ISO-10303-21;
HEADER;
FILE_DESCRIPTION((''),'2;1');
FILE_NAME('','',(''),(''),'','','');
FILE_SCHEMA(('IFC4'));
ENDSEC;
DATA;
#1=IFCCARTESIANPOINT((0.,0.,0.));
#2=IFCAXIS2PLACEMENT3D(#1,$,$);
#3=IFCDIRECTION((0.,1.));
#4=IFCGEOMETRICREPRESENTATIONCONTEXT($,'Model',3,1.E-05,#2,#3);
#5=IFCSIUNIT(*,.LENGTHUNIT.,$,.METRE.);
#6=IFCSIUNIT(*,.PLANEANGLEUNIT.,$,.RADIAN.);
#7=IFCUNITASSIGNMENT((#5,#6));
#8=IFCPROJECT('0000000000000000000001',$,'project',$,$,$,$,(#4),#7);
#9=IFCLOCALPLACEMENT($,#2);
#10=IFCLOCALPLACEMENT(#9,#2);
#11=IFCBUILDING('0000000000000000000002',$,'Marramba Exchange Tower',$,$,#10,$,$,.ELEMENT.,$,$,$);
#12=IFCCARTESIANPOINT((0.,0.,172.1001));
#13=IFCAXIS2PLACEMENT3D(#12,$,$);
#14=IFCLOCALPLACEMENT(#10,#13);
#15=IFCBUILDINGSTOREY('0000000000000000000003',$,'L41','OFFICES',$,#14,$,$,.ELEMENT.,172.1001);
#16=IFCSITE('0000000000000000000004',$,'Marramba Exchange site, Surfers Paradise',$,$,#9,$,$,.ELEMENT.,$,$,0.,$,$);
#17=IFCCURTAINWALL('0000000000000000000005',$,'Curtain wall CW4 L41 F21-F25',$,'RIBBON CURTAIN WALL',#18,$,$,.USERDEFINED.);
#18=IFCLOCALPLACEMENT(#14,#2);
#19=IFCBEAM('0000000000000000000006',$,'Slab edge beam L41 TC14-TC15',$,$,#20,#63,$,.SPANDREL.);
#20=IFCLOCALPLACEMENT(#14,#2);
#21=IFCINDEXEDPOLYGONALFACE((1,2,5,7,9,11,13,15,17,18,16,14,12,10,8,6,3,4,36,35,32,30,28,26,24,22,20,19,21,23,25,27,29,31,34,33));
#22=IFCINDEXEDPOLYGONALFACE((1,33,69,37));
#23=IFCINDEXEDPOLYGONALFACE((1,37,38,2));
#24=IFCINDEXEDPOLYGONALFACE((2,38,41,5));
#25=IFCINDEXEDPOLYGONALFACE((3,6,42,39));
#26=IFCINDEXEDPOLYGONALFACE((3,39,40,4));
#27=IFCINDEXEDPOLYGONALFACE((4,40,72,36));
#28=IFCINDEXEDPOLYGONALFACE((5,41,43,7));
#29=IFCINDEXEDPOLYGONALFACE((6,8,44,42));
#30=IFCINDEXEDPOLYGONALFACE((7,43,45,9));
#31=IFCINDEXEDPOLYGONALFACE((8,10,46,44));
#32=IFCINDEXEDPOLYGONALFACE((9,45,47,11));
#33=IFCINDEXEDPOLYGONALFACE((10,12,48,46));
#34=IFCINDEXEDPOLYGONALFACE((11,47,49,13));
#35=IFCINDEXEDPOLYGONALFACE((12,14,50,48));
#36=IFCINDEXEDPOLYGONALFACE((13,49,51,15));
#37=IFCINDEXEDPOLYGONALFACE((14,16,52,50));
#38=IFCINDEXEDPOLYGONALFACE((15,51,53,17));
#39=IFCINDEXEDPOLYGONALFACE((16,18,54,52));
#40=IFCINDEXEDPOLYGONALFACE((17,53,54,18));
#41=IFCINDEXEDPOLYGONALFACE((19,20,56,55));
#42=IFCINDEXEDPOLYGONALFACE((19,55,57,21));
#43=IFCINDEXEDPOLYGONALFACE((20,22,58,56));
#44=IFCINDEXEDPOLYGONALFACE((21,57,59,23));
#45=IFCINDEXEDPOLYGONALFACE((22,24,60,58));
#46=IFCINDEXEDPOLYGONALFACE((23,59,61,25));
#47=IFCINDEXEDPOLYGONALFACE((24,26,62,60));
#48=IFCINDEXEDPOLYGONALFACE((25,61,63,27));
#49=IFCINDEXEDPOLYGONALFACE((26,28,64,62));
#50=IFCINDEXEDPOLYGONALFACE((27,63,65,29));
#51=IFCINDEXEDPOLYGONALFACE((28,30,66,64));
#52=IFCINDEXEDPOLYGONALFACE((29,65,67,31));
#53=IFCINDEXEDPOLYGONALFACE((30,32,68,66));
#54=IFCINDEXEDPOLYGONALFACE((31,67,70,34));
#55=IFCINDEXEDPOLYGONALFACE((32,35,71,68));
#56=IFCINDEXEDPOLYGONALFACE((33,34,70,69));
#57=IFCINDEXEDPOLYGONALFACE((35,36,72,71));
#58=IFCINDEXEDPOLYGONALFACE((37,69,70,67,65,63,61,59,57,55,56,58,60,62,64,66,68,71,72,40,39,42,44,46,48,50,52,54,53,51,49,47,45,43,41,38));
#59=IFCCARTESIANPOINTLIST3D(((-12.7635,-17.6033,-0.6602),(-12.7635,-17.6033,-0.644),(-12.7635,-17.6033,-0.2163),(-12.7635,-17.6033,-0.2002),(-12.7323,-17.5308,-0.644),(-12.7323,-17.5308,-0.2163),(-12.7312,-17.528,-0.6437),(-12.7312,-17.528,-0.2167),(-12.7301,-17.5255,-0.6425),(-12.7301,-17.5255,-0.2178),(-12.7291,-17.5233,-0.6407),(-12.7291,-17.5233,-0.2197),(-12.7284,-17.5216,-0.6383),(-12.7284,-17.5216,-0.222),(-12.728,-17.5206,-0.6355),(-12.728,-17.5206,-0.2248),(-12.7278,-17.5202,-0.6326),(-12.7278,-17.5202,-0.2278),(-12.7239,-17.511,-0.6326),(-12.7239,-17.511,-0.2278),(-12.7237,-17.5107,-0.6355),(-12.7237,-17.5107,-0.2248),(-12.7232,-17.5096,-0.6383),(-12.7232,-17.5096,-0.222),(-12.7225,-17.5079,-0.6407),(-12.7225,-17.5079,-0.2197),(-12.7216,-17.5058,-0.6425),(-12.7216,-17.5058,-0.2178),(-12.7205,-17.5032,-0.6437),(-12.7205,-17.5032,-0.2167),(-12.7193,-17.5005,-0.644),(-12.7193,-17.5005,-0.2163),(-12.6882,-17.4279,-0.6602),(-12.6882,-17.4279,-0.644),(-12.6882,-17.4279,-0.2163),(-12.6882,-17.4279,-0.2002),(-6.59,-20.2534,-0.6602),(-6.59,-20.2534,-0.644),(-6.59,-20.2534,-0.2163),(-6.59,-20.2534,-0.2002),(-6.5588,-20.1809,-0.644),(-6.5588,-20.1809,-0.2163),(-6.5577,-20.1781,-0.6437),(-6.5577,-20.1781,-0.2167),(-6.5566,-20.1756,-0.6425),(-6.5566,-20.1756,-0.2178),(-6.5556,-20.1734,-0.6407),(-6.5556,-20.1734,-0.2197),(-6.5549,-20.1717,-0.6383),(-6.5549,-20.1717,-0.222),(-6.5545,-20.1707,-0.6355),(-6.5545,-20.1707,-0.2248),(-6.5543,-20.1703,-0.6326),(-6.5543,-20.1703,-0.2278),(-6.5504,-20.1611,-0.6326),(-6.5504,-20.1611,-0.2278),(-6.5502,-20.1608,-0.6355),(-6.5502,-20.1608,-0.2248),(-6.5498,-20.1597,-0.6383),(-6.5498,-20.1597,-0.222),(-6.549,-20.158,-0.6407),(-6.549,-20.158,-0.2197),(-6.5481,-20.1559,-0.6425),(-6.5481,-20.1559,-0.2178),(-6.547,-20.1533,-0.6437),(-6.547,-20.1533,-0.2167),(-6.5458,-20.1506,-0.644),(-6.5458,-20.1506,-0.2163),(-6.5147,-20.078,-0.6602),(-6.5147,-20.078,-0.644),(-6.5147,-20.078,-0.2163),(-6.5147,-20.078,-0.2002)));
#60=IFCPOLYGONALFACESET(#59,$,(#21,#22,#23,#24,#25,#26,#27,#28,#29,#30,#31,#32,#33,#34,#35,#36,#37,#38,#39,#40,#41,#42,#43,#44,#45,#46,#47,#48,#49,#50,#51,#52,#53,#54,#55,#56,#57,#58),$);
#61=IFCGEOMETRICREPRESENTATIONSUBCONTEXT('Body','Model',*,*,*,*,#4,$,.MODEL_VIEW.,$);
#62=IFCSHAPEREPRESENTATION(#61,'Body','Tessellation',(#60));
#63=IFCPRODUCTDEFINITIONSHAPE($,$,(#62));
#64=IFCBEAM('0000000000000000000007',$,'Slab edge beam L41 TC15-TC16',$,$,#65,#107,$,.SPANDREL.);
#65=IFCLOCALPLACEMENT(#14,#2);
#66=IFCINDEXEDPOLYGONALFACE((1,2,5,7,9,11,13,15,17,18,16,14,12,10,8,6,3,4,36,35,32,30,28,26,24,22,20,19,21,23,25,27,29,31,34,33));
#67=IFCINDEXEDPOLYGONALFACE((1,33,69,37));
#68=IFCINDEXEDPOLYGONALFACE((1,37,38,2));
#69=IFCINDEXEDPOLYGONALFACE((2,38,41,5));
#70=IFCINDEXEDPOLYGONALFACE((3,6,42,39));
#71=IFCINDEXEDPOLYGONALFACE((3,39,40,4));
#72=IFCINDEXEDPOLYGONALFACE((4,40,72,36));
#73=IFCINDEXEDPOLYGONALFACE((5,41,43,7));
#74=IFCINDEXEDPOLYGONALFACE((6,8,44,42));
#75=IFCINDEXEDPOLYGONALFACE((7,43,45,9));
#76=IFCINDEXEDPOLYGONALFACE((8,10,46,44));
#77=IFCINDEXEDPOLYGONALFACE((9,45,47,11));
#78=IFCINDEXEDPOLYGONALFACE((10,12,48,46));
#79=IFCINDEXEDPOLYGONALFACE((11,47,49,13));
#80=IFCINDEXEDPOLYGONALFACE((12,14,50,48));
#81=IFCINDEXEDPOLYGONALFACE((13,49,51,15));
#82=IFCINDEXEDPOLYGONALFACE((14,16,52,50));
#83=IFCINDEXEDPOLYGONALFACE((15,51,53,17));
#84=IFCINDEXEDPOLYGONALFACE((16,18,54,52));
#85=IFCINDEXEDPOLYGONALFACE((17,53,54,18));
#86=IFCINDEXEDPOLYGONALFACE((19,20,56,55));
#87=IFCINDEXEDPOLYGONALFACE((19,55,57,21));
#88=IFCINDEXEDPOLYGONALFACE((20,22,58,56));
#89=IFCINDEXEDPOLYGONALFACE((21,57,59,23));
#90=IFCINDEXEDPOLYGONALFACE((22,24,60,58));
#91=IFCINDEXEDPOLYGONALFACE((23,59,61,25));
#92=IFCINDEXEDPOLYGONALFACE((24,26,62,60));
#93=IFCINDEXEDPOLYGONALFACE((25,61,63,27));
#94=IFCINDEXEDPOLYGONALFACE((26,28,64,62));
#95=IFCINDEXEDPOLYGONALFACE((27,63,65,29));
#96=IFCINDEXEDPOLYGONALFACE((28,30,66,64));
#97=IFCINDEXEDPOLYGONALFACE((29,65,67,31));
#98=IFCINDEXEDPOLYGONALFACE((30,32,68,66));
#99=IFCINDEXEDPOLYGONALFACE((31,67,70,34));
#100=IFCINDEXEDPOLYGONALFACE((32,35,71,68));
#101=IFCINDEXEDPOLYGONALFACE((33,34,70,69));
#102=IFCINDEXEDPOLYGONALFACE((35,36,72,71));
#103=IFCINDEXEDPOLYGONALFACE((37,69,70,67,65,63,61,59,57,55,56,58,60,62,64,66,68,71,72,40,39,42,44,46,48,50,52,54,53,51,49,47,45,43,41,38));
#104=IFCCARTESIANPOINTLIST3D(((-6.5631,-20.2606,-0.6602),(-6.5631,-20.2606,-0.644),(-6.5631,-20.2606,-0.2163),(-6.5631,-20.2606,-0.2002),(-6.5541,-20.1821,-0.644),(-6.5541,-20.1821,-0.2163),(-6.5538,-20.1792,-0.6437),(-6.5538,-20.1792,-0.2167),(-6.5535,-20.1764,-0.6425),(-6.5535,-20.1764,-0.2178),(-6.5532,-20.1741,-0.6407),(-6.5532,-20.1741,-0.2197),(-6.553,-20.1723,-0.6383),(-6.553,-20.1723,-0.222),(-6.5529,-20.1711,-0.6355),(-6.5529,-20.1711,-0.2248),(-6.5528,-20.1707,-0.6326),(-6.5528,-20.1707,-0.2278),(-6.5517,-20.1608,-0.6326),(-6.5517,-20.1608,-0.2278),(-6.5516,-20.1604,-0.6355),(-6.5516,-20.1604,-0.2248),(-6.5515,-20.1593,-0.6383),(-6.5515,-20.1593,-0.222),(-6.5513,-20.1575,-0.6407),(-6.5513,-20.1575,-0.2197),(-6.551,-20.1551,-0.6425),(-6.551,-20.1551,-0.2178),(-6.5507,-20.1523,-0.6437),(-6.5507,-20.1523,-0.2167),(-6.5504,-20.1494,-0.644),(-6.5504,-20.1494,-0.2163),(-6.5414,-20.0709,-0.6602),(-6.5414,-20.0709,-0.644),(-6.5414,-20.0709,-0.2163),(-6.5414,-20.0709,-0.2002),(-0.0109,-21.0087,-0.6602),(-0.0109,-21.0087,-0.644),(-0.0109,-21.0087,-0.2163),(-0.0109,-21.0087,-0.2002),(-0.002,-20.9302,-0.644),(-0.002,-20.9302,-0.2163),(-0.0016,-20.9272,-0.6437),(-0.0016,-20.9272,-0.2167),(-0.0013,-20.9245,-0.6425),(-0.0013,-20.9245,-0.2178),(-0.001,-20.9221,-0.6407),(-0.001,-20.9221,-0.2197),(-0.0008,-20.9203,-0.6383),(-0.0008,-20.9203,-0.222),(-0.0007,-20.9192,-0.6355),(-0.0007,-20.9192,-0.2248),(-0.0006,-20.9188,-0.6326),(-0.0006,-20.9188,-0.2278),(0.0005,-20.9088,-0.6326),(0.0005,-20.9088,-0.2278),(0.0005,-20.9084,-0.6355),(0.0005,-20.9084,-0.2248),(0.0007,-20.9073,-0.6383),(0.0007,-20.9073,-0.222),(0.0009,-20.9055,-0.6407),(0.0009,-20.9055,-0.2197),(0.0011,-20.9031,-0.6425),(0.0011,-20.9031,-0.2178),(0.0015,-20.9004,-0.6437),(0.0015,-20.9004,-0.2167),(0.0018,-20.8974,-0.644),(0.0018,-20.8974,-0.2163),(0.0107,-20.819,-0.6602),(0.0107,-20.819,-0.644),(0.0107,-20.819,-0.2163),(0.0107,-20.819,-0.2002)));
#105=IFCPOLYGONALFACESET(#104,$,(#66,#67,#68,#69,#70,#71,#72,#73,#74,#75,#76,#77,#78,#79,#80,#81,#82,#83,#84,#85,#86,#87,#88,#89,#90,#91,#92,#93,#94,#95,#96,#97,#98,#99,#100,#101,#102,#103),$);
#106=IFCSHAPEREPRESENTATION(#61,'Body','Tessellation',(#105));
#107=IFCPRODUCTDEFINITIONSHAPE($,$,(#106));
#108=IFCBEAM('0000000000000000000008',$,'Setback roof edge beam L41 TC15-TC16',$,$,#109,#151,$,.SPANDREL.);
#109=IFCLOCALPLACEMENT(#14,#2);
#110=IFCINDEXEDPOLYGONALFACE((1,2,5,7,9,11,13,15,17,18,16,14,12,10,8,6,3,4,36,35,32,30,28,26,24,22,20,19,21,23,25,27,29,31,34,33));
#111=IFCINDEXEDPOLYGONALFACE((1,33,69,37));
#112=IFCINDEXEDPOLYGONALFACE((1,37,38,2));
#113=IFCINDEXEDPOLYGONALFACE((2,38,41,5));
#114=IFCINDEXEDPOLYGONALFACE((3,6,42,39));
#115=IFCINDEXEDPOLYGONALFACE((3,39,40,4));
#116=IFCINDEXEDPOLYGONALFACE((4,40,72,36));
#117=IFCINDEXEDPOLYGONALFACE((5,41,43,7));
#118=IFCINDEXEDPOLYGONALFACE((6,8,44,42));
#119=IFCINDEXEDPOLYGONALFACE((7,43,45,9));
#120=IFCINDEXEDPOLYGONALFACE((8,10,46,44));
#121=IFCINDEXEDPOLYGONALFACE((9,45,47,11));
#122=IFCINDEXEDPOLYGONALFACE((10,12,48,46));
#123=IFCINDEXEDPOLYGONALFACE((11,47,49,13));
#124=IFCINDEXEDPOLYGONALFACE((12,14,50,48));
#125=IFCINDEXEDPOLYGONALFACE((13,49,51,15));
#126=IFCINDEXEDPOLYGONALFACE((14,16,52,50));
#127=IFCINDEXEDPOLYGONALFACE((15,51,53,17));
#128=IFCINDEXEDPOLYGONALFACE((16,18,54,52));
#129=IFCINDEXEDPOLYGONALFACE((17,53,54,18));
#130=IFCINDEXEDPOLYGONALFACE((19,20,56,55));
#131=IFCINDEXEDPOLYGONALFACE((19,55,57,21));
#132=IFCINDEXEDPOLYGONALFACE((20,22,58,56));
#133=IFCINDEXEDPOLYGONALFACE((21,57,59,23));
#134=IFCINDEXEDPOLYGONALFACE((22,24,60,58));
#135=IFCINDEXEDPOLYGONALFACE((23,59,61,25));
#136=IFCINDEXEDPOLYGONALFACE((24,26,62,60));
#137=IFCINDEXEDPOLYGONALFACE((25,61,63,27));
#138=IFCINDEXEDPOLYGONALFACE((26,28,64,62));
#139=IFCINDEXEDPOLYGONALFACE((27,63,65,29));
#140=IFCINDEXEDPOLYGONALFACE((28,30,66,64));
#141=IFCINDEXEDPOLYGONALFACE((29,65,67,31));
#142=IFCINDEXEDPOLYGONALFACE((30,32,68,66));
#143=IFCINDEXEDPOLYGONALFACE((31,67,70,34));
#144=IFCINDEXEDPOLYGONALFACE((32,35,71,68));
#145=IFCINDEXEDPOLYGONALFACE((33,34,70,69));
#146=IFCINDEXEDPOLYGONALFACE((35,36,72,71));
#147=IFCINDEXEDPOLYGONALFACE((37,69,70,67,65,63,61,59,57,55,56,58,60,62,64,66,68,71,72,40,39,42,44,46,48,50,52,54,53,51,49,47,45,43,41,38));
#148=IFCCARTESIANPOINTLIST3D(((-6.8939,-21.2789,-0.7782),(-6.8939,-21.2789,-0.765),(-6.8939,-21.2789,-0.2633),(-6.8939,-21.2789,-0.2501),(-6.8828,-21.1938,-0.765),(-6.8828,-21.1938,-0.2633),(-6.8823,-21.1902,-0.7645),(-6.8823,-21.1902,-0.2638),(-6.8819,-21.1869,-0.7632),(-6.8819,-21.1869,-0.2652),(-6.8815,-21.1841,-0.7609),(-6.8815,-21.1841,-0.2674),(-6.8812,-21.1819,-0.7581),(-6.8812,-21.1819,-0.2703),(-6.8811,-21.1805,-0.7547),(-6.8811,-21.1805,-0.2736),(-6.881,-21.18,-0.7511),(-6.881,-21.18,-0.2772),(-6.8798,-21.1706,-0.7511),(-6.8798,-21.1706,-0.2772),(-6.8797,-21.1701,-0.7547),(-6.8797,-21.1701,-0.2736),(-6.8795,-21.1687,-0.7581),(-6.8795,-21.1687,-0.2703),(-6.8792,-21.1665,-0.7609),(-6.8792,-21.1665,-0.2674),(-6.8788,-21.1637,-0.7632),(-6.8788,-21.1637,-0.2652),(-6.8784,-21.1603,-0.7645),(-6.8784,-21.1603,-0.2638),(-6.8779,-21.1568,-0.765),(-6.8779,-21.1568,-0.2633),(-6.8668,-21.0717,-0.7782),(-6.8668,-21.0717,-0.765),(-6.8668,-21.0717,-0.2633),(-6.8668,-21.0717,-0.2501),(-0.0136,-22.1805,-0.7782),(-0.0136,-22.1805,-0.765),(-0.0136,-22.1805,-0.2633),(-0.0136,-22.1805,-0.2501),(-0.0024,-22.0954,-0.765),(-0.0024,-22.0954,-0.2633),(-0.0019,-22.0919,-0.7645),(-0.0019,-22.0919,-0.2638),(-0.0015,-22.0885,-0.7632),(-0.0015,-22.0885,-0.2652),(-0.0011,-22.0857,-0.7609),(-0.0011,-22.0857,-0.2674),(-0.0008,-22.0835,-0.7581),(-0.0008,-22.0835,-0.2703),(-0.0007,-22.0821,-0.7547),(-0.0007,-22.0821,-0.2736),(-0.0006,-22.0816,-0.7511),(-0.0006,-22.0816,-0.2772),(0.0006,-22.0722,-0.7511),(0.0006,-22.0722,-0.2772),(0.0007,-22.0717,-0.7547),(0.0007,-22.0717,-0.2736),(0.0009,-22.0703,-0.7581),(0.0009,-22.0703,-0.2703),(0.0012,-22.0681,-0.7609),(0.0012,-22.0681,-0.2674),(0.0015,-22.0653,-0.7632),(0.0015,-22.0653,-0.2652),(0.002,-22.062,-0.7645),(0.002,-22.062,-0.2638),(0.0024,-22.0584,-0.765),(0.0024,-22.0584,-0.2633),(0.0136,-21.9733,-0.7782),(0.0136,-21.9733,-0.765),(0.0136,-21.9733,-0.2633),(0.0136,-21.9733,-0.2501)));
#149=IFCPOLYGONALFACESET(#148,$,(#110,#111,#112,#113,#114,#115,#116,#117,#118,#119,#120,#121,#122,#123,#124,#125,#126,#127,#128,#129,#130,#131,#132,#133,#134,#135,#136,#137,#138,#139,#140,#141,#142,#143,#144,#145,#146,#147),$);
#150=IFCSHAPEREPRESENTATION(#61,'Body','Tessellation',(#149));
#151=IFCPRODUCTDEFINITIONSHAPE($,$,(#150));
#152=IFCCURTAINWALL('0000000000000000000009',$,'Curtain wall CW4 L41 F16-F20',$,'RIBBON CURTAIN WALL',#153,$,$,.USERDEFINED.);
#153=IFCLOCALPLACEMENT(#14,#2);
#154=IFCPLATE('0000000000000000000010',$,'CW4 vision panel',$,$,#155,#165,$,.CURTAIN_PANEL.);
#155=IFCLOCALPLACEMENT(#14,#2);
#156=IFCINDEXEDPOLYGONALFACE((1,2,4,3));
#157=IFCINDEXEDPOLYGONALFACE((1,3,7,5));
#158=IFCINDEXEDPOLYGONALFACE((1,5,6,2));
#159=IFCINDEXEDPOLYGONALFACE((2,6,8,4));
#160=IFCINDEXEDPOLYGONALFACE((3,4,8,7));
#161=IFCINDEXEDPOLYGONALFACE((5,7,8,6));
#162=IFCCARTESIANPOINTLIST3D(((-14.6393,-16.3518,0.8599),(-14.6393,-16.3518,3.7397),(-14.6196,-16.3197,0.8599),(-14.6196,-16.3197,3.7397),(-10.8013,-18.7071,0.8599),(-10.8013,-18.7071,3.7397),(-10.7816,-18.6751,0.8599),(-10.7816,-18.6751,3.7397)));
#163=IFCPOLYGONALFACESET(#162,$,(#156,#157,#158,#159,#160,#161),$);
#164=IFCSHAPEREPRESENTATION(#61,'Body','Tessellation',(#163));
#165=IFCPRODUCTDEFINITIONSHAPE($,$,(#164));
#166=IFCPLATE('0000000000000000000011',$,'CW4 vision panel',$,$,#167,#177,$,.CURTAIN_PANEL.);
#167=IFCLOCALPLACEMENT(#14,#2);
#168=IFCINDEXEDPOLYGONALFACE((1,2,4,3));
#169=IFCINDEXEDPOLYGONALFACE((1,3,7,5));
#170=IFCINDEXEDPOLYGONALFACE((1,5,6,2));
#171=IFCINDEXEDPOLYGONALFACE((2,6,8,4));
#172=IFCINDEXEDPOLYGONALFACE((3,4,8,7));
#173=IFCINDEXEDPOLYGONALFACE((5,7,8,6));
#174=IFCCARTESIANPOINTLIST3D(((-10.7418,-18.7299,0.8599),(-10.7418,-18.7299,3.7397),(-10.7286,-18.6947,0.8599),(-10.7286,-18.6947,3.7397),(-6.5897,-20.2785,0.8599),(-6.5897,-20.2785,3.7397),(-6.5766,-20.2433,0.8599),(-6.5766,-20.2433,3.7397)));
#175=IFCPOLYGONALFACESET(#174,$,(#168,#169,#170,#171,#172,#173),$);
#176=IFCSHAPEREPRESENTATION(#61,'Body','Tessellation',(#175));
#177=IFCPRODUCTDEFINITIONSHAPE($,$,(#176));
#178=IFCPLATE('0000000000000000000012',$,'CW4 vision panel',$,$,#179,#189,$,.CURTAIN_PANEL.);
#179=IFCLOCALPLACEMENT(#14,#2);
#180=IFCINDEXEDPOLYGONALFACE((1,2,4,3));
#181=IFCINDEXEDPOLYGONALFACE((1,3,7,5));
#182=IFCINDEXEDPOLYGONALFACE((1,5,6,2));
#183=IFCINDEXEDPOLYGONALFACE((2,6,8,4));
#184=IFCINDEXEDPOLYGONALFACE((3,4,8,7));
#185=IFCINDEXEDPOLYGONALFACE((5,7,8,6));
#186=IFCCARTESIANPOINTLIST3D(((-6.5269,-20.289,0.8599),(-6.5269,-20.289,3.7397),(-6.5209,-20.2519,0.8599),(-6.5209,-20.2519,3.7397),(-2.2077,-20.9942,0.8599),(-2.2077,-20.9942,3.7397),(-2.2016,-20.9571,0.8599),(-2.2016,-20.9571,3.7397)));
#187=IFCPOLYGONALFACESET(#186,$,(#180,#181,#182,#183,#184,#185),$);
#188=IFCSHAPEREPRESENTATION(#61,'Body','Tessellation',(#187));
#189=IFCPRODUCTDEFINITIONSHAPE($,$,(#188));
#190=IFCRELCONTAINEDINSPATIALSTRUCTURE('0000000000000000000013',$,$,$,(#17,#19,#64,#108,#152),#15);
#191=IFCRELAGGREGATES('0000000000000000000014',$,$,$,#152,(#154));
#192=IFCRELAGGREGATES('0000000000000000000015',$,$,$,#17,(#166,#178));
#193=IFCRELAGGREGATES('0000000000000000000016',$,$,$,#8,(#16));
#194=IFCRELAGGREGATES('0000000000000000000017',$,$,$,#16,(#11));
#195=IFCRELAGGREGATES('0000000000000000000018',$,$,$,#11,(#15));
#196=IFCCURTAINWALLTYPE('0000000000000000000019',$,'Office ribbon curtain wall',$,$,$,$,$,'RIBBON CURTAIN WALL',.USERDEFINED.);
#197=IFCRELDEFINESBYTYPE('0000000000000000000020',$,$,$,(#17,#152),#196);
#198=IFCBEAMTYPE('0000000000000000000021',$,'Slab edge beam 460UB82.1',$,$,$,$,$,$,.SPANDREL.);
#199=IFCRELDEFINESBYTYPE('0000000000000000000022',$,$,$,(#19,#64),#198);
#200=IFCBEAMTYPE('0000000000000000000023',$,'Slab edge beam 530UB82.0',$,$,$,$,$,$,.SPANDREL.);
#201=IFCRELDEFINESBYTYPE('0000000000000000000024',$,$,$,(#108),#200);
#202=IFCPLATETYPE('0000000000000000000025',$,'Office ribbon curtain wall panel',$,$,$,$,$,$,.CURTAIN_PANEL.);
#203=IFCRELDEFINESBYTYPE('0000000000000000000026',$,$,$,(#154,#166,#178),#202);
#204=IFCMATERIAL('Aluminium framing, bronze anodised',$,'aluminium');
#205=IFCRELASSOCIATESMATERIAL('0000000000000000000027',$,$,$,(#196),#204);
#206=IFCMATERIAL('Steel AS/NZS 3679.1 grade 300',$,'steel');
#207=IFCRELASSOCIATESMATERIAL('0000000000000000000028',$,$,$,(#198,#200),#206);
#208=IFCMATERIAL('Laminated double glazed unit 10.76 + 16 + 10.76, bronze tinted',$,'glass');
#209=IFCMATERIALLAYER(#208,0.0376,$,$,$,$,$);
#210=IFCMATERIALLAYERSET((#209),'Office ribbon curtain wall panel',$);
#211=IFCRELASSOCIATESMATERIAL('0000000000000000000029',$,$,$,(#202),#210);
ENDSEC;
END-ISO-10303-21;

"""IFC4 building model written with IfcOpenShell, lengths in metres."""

from ifc_helpers import new_model, si_unit, direction, frame, origin, origin_2d, place, context, subcontext, project, spatial, rectangle, i_section, extrude, material, layer, layer_set, material_profile, profile_set, type_object, element, aggregate, save


model = new_model("IFC4")

# Units and contexts
model_context = context("Model", 3, precision=1e-05, world=origin(), true_north=direction((0.0, 1.0)))
body_context = subcontext(model_context, "Body", "Model", "MODEL_VIEW")
ifc_project = project(units=[si_unit("LENGTHUNIT", "METRE"), si_unit("PLANEANGLEUNIT", "RADIAN")], contexts=[model_context])

# Site, building, storey
site_placement = place(None, origin())
site = spatial("IfcSite", under=ifc_project, at=site_placement, Name="Marramba Exchange site, Surfers Paradise", CompositionType="ELEMENT", RefElevation=0.0)
building_placement = place(site_placement, origin())
building = spatial("IfcBuilding", under=site, at=building_placement, Name="Marramba Exchange Tower", CompositionType="ELEMENT")
storey_placement = place(building_placement, frame((0.0, 0.0, 172.1001)))
storey = spatial("IfcBuildingStorey", under=building, at=storey_placement, Name="L41", Description="OFFICES", CompositionType="ELEMENT", Elevation=172.1001)

# Curtain wall
ifc_material_1 = material(Name="Aluminium framing, bronze anodised", Category="aluminium")
curtain_wall_type = type_object("IfcCurtainWallType", Name="Office ribbon curtain wall", ElementType="RIBBON CURTAIN WALL", PredefinedType="USERDEFINED", material=ifc_material_1)
curtain_wall_1_placement = place(storey_placement, origin())
curtain_wall_1 = element("IfcCurtainWall", 1, at=curtain_wall_1_placement, inside=storey, type_object=curtain_wall_type, Name="Curtain wall CW4 L41 F21-F25", ObjectType="RIBBON CURTAIN WALL", PredefinedType="USERDEFINED")

# Beams
ifc_material_2 = material(Name="Steel AS/NZS 3679.1 grade 300", Category="steel")
ifc_material_profile_1 = material_profile(ifc_material_2, i_section(OverallWidth=0.1909, OverallDepth=0.46, WebThickness=0.01, FlangeThickness=0.0161, FilletRadius=0.0115, at=origin_2d()), Name="460UB82.1")
ifc_profile_set_1 = profile_set([ifc_material_profile_1], Name="Steel AS/NZS 3679.1 grade 300")
beam_type_1 = type_object("IfcBeamType", Name="Slab edge beam 460UB82.1", PredefinedType="SPANDREL", material=ifc_profile_set_1)
beam_1_placement = place(storey_placement, frame((-12.7258, -17.5156, -0.4302), z_axis=(0.918912, -0.394463, 0.0), x_axis=(0.394463, 0.918912, 0.0)))
element("IfcBeam", 2, at=beam_1_placement, inside=storey, type_object=beam_type_1, Name="Slab edge beam L41 TC14-TC15", PredefinedType="SPANDREL", context=body_context, shape_type="SweptSolid", body=[
    extrude(i_section(OverallWidth=0.1909, OverallDepth=0.46, WebThickness=0.01, FlangeThickness=0.0161, FilletRadius=0.0115, at=origin_2d()), origin(), (0.0, 0.0, 1.0), 6.7183),
])
beam_2_placement = place(storey_placement, frame((-6.5522, -20.1658, -0.4302), z_axis=(0.993546, -0.11343, 0.0), x_axis=(0.11343, 0.993546, 0.0)))
element("IfcBeam", 3, at=beam_2_placement, inside=storey, type_object=beam_type_1, Name="Slab edge beam L41 TC15-TC16", PredefinedType="SPANDREL", context=body_context, shape_type="SweptSolid", body=[
    extrude(i_section(OverallWidth=0.1909, OverallDepth=0.46, WebThickness=0.01, FlangeThickness=0.0161, FilletRadius=0.0115, at=origin_2d()), origin(), (0.0, 0.0, 1.0), 6.5947),
])
ifc_material_profile_2 = material_profile(ifc_material_2, i_section(OverallWidth=0.209, OverallDepth=0.5281, WebThickness=0.0095, FlangeThickness=0.0132, FilletRadius=0.0139, at=origin_2d()), Name="530UB82.0")
ifc_profile_set_2 = profile_set([ifc_material_profile_2], Name="Steel AS/NZS 3679.1 grade 300")
beam_type_2 = type_object("IfcBeamType", Name="Slab edge beam 530UB82.0", PredefinedType="SPANDREL", material=ifc_profile_set_2)
beam_3_placement = place(storey_placement, frame((-6.8804, -21.1753, -0.5142), z_axis=(0.991523, -0.12993, 0.0), x_axis=(0.12993, 0.991523, 0.0)))
element("IfcBeam", 4, at=beam_3_placement, inside=storey, type_object=beam_type_2, Name="Setback roof edge beam L41 TC15-TC16", PredefinedType="SPANDREL", context=body_context, shape_type="SweptSolid", body=[
    extrude(i_section(OverallWidth=0.209, OverallDepth=0.5281, WebThickness=0.0095, FlangeThickness=0.0132, FilletRadius=0.0139, at=origin_2d()), origin(), (0.0, 0.0, 1.0), 6.9392),
])

# Curtain wall, plate
curtain_wall_2_placement = place(storey_placement, origin())
curtain_wall_2 = element("IfcCurtainWall", 5, at=curtain_wall_2_placement, inside=storey, type_object=curtain_wall_type, Name="Curtain wall CW4 L41 F16-F20", ObjectType="RIBBON CURTAIN WALL", PredefinedType="USERDEFINED")
ifc_material_3 = material(Name="Laminated double glazed unit 10.76 + 16 + 10.76, bronze tinted", Category="glass")
ifc_layer_1 = layer(ifc_material_3, 0.0376)
ifc_layer_set_1 = layer_set([ifc_layer_1], Name="Office ribbon curtain wall panel")
plate_type = type_object("IfcPlateType", Name="Office ribbon curtain wall panel", PredefinedType="CURTAIN_PANEL", material=ifc_layer_set_1)
plate_1_placement = place(storey_placement, frame((-12.7104, -17.5134, 0.8599), z_axis=(0.0, 0.0, 1.0), x_axis=(0.852301, -0.523052, 0.0)))
plate_1 = element("IfcPlate", 6, at=plate_1_placement, type_object=plate_type, Name="CW4 vision panel", PredefinedType="CURTAIN_PANEL", context=body_context, shape_type="SweptSolid", body=[
    extrude(rectangle(XDim=4.5032, YDim=0.0376, at=origin_2d()), origin(), (0.0, 0.0, 1.0), 2.8799),
])
aggregate(curtain_wall_2, [plate_1])

# Plates
plate_2_placement = place(storey_placement, frame((-8.6592, -19.4866, 0.8599), z_axis=(0.0, 0.0, 1.0), x_axis=(0.936952, -0.349459, 0.0)))
plate_2 = element("IfcPlate", 7, at=plate_2_placement, type_object=plate_type, Name="CW4 vision panel", PredefinedType="CURTAIN_PANEL", context=body_context, shape_type="SweptSolid", body=[
    extrude(rectangle(XDim=4.4314, YDim=0.0376, at=origin_2d()), origin(), (0.0, 0.0, 1.0), 2.8799),
])
plate_3_placement = place(storey_placement, frame((-4.3643, -20.623, 0.8599), z_axis=(0.0, 0.0, 1.0), x_axis=(0.986931, -0.161146, 0.0)))
plate_3 = element("IfcPlate", 8, at=plate_3_placement, type_object=plate_type, Name="CW4 vision panel", PredefinedType="CURTAIN_PANEL", context=body_context, shape_type="SweptSolid", body=[
    extrude(rectangle(XDim=4.3765, YDim=0.0376, at=origin_2d()), origin(), (0.0, 0.0, 1.0), 2.8799),
])
aggregate(curtain_wall_1, [plate_2, plate_3])

save(model, "model.ifc")
